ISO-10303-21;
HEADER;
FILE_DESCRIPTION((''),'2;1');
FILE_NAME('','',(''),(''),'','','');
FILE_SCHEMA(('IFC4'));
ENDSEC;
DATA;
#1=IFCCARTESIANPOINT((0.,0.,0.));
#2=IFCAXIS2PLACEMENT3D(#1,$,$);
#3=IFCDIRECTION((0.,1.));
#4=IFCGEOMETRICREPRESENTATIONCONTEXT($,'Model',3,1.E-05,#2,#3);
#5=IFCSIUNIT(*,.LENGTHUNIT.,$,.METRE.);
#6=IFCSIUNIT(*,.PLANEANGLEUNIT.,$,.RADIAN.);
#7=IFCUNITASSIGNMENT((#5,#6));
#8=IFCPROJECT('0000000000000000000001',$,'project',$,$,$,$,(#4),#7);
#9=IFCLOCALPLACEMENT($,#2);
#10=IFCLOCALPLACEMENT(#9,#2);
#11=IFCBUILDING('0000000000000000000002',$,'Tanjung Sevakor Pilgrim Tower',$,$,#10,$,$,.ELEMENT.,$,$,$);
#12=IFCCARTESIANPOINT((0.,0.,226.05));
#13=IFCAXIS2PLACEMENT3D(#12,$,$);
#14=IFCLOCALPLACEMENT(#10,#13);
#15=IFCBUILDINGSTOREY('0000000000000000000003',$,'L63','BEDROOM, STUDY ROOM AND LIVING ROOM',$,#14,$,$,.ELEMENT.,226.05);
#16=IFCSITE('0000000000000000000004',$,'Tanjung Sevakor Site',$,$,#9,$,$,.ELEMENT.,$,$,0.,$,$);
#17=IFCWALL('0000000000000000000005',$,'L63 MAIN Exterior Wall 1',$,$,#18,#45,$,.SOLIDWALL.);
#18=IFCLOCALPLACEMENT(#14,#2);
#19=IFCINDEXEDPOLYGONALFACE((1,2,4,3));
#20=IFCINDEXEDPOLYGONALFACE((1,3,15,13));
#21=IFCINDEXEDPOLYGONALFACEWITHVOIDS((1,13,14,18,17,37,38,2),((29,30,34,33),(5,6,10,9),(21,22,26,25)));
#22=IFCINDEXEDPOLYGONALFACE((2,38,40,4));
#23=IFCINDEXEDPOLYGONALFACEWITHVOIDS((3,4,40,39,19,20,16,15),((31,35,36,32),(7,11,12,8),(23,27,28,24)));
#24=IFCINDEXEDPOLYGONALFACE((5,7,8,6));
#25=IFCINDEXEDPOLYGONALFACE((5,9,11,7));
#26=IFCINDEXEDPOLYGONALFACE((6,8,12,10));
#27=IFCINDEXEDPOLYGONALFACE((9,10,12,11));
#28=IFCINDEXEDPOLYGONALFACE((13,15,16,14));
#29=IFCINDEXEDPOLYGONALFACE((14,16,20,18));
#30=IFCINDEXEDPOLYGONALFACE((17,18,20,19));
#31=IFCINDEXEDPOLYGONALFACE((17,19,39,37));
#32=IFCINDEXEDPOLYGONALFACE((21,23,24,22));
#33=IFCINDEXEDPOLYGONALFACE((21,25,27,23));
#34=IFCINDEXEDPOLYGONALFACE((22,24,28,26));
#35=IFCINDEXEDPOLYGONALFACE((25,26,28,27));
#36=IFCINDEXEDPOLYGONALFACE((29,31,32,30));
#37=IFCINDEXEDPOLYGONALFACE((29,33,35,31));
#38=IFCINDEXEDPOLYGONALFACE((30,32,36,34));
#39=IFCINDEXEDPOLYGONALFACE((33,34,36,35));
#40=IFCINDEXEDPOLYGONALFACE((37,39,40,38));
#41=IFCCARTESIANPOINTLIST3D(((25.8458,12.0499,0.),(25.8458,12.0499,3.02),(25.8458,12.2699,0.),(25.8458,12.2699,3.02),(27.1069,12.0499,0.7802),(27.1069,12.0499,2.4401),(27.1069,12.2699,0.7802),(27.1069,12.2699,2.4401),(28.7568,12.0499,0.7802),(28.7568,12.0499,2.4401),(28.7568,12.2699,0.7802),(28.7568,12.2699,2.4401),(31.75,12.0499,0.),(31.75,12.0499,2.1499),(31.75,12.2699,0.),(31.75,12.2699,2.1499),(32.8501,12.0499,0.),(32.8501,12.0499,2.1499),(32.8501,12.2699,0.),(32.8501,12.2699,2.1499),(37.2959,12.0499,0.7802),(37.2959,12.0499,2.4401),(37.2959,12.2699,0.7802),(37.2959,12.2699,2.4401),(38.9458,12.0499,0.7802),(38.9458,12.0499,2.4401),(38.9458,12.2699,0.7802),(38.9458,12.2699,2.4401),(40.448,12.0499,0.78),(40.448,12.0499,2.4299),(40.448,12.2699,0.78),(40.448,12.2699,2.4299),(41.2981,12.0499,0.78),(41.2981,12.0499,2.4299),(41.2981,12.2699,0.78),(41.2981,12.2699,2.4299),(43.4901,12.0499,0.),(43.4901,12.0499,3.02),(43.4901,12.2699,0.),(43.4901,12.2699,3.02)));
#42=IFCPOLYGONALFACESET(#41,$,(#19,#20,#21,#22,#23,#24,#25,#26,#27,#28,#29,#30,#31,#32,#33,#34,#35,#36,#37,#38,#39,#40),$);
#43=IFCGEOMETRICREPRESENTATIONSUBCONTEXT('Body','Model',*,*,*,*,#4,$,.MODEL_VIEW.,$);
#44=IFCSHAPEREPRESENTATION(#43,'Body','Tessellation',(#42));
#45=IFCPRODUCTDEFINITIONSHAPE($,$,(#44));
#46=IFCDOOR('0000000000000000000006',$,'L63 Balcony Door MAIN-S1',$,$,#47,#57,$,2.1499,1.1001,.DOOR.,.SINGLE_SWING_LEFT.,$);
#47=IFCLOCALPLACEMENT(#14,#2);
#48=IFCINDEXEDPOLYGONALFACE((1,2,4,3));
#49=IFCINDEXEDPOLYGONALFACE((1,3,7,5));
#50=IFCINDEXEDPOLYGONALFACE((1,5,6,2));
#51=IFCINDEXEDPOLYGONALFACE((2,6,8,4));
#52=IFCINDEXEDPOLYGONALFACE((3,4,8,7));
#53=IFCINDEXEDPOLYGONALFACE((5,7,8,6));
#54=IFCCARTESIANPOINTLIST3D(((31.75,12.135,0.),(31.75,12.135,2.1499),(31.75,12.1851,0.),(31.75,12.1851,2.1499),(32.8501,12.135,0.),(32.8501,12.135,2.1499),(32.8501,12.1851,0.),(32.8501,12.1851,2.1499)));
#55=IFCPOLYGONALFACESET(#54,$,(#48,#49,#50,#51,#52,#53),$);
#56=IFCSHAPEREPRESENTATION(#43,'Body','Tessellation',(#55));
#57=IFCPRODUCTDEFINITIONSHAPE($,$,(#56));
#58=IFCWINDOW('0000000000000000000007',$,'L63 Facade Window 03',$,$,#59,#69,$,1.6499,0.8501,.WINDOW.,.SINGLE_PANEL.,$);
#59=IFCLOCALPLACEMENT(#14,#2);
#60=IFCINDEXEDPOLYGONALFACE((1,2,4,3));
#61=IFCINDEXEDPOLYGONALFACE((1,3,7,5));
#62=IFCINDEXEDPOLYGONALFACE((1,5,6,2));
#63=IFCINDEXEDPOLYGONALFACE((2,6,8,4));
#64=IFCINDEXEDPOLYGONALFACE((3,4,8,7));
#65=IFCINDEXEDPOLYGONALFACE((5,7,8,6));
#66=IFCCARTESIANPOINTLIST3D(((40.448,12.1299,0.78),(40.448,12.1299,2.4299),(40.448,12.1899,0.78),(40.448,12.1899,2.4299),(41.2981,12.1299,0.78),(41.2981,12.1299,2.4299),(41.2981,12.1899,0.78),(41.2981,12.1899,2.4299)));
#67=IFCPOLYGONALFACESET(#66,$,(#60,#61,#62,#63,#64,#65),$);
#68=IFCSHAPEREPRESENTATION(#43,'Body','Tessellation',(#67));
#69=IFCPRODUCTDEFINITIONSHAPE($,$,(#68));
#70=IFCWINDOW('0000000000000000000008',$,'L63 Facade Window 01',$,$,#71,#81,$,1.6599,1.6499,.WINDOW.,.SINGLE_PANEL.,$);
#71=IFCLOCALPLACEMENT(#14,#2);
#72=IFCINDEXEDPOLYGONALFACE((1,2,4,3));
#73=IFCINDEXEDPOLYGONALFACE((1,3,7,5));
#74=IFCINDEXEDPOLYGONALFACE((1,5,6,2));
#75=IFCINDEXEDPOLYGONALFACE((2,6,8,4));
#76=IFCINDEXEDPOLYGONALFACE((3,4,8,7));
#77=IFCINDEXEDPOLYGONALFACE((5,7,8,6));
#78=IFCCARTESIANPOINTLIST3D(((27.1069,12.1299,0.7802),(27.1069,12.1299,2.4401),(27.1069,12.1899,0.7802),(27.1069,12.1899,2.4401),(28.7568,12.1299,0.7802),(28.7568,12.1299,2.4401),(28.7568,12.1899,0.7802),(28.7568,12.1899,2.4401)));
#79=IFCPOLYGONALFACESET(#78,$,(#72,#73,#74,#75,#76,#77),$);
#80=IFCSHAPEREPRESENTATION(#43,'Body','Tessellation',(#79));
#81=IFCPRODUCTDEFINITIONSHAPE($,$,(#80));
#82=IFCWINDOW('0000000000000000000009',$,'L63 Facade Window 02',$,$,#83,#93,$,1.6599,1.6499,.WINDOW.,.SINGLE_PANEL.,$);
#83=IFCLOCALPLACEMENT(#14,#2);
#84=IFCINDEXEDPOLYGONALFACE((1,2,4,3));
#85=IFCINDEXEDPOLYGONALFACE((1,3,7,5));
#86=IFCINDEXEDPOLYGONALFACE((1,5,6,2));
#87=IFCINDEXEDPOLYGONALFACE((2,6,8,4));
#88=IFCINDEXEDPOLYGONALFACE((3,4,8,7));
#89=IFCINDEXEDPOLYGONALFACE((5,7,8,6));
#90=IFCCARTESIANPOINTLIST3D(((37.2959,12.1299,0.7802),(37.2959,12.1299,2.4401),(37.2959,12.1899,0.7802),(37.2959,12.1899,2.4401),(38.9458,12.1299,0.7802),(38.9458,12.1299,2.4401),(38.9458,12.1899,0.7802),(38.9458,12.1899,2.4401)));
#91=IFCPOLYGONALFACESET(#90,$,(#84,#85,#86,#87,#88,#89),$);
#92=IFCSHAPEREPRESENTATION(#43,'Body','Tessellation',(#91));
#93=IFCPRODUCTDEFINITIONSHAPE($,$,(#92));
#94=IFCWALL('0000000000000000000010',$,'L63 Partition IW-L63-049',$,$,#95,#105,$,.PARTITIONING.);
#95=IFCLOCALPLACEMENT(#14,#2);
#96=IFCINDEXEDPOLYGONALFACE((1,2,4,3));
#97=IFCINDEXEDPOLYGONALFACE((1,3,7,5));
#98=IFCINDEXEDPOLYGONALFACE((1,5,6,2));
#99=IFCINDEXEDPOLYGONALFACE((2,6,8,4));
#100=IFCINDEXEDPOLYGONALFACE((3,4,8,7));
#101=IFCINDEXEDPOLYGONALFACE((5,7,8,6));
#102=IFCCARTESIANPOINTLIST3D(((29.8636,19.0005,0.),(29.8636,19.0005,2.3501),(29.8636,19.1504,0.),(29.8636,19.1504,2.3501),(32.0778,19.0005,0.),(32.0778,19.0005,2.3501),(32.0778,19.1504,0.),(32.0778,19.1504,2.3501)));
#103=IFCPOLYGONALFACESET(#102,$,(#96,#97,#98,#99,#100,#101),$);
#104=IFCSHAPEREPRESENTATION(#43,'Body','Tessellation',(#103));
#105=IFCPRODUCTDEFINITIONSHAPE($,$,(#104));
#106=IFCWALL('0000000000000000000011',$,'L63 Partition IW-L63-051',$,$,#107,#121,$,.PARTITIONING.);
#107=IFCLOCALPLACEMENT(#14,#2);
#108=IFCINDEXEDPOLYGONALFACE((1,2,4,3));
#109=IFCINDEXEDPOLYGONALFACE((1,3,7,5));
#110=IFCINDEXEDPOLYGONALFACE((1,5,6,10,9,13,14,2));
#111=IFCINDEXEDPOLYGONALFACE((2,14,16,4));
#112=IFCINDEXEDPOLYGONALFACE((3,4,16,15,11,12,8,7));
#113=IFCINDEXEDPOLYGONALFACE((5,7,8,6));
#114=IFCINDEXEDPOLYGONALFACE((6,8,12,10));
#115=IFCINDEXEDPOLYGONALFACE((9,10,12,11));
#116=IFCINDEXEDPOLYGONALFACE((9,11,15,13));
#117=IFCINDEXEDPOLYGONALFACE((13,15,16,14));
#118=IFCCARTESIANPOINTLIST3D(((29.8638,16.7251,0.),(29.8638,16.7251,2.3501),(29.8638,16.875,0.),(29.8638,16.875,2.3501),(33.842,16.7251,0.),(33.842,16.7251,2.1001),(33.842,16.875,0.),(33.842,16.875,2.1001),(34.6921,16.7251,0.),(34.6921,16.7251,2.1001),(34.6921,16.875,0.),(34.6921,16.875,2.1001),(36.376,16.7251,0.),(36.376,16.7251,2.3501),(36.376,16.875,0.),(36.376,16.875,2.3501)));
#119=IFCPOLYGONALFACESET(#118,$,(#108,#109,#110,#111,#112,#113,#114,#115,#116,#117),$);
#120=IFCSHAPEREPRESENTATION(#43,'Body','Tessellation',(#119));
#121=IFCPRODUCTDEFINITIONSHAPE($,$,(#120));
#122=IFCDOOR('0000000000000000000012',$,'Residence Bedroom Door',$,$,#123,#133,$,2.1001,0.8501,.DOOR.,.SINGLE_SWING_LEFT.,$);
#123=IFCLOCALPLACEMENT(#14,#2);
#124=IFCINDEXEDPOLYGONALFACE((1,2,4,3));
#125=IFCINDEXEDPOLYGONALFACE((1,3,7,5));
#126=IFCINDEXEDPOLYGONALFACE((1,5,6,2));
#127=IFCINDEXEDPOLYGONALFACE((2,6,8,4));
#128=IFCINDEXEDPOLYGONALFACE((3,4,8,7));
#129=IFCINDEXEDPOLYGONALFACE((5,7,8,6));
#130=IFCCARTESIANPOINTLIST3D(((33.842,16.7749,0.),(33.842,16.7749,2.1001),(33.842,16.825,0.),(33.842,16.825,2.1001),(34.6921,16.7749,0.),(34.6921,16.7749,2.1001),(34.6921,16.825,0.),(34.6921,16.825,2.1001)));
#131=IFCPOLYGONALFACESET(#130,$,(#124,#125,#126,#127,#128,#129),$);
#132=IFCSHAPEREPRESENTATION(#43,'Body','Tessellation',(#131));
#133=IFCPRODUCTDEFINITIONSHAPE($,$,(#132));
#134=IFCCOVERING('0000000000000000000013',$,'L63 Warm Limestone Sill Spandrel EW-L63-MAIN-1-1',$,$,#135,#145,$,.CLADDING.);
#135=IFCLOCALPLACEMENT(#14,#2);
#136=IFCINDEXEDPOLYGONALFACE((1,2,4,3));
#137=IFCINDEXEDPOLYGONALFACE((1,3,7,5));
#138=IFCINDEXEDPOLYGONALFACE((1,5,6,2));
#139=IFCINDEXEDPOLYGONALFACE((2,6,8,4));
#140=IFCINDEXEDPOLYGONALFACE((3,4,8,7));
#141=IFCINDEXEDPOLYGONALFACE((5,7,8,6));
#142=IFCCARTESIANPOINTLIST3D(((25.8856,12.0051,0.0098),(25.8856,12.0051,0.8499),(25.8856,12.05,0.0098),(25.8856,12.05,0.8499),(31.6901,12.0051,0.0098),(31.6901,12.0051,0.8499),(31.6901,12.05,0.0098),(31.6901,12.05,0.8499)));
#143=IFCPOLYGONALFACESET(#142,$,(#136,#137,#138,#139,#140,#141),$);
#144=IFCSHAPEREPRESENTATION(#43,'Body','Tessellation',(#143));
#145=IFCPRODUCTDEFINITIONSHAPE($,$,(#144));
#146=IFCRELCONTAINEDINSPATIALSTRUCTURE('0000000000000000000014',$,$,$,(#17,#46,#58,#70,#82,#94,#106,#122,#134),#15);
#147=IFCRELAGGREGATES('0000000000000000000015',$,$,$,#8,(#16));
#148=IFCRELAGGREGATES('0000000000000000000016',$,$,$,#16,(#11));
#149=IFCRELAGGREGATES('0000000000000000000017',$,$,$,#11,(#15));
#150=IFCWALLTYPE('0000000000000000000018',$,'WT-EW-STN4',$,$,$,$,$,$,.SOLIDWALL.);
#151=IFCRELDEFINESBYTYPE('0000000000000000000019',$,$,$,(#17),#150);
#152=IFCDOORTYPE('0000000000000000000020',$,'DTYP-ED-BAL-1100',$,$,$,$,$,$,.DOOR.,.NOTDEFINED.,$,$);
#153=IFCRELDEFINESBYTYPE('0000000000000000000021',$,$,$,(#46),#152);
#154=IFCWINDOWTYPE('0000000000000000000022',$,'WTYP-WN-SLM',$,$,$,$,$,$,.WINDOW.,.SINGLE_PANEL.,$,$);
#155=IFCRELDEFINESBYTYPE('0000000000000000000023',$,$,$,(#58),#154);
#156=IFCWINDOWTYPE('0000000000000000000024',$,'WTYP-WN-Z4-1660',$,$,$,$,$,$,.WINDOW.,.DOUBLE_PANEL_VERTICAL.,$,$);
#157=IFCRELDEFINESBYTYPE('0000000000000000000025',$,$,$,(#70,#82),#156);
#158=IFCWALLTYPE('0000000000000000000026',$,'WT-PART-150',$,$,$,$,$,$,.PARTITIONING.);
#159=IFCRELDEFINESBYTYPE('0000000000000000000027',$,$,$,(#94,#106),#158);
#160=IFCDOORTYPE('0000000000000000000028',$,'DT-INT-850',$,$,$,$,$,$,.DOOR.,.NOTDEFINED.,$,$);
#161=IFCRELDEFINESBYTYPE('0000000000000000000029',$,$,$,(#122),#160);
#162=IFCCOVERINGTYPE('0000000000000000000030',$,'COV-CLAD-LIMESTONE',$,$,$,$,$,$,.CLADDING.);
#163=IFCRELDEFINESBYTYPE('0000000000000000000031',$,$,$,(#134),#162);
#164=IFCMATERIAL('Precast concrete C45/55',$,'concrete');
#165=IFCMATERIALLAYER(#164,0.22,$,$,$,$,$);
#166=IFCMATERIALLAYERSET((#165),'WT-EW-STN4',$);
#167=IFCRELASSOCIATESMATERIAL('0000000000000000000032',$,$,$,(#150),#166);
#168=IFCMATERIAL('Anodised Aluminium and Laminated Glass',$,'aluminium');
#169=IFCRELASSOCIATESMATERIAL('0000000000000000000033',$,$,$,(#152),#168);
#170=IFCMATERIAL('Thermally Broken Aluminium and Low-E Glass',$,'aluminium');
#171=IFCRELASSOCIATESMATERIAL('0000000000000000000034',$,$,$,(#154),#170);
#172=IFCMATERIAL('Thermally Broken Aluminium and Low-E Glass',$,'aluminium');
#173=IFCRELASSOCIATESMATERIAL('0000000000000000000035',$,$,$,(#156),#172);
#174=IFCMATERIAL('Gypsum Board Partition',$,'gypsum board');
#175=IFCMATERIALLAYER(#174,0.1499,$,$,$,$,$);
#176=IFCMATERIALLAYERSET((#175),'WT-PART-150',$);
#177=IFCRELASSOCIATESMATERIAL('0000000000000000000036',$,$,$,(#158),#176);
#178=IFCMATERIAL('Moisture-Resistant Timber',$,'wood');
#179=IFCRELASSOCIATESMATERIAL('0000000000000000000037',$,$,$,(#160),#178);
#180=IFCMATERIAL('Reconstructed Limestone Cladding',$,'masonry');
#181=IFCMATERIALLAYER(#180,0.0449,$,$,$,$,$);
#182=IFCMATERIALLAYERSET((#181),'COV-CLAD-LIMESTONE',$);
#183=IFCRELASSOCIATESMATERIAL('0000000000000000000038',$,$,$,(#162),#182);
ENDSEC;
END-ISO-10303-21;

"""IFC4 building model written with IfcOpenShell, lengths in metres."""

from ifc_helpers import new_model, si_unit, direction, frame, frame_2d, origin, origin_2d, place, context, subcontext, project, spatial, rectangle, extrude, material, layer, layer_set, type_object, element, fill, save


model = new_model("IFC4")

# Units and contexts
model_context = context("Model", 3, precision=1e-05, world=origin(), true_north=direction((0.0, 1.0)))
body_context = subcontext(model_context, "Body", "Model", "MODEL_VIEW")
ifc_project = project(units=[si_unit("LENGTHUNIT", "METRE"), si_unit("PLANEANGLEUNIT", "RADIAN")], contexts=[model_context])

# Site, building, storey
site_placement = place(None, origin())
site = spatial("IfcSite", under=ifc_project, at=site_placement, Name="Tanjung Sevakor Site", CompositionType="ELEMENT", RefElevation=0.0)
building_placement = place(site_placement, origin())
building = spatial("IfcBuilding", under=site, at=building_placement, Name="Tanjung Sevakor Pilgrim Tower", CompositionType="ELEMENT")
storey_placement = place(building_placement, frame((0.0, 0.0, 226.05)))
storey = spatial("IfcBuildingStorey", under=building, at=storey_placement, Name="L63", Description="BEDROOM, STUDY ROOM AND LIVING ROOM", CompositionType="ELEMENT", Elevation=226.05)

# Wall, openings, door, windows
ifc_material_1 = material(Name="Precast concrete C45/55", Category="concrete")
ifc_layer_1 = layer(ifc_material_1, 0.22)
ifc_layer_set_1 = layer_set([ifc_layer_1], Name="WT-EW-STN4")
wall_type_1 = type_object("IfcWallType", Name="WT-EW-STN4", PredefinedType="SOLIDWALL", material=ifc_layer_set_1)
wall_1_placement = place(storey_placement, frame((25.8457, 12.1599, 0.0), z_axis=(0.0, 0.0, 1.0), x_axis=(1.0, 0.0, 0.0)))
wall_1 = element("IfcWall", 1, at=wall_1_placement, inside=storey, type_object=wall_type_1, Name="L63 MAIN Exterior Wall 1", PredefinedType="SOLIDWALL", context=body_context, shape_type="SweptSolid", body=[
    extrude(rectangle(XDim=17.6443, YDim=0.22, at=frame_2d((8.8223, 0.0))), origin(), (0.0, 0.0, 1.0), 3.02),
])
opening_1_placement = place(wall_1_placement, frame((5.9043, 0.0, 0.0)))
opening_1 = element("IfcOpeningElement", 2, at=opening_1_placement, cuts=wall_1, PredefinedType="OPENING", context=body_context, shape_type="SweptSolid", body=[
    extrude(rectangle(XDim=1.1001, YDim=2.1499, at=frame_2d((0.55, 1.075))), frame((0.0, 0.1199, 0.0), z_axis=(0.0, -1.0, 0.0), x_axis=(1.0, 0.0, 0.0)), (0.0, 0.0, 1.0), 0.24),
])
opening_2_placement = place(wall_1_placement, frame((1.2612, 0.0, 0.78)))
opening_2 = element("IfcOpeningElement", 3, at=opening_2_placement, cuts=wall_1, PredefinedType="OPENING", context=body_context, shape_type="SweptSolid", body=[
    extrude(rectangle(XDim=1.6499, YDim=1.6599, at=frame_2d((0.825, 0.8301))), frame((0.0, 0.1199, 0.0), z_axis=(0.0, -1.0, 0.0), x_axis=(1.0, 0.0, 0.0)), (0.0, 0.0, 1.0), 0.24),
])
opening_3_placement = place(wall_1_placement, frame((11.4502, 0.0, 0.78)))
opening_3 = element("IfcOpeningElement", 4, at=opening_3_placement, cuts=wall_1, PredefinedType="OPENING", context=body_context, shape_type="SweptSolid", body=[
    extrude(rectangle(XDim=1.6499, YDim=1.6599, at=frame_2d((0.825, 0.8301))), frame((0.0, 0.1199, 0.0), z_axis=(0.0, -1.0, 0.0), x_axis=(1.0, 0.0, 0.0)), (0.0, 0.0, 1.0), 0.24),
])
opening_4_placement = place(wall_1_placement, frame((14.6023, 0.0, 0.78)))
opening_4 = element("IfcOpeningElement", 5, at=opening_4_placement, cuts=wall_1, PredefinedType="OPENING", context=body_context, shape_type="SweptSolid", body=[
    extrude(rectangle(XDim=0.8501, YDim=1.6499, at=frame_2d((0.425, 0.825))), frame((0.0, 0.1199, 0.0), z_axis=(0.0, -1.0, 0.0), x_axis=(1.0, 0.0, 0.0)), (0.0, 0.0, 1.0), 0.24),
])
ifc_material_2 = material(Name="Anodised Aluminium and Laminated Glass", Category="aluminium")
door_type_1 = type_object("IfcDoorType", Name="DTYP-ED-BAL-1100", OperationType="NOTDEFINED", PredefinedType="DOOR", material=ifc_material_2)
door_1_placement = place(opening_1_placement, frame((1.1001, 0.0, 0.0), z_axis=(0.0, 0.0, 1.0), x_axis=(-1.0, 0.0, 0.0)))
door_1 = element("IfcDoor", 6, at=door_1_placement, inside=storey, type_object=door_type_1, Name="L63 Balcony Door MAIN-S1", OperationType="SINGLE_SWING_LEFT", OverallHeight=2.1499, OverallWidth=1.1001, PredefinedType="DOOR", context=body_context, shape_type="SweptSolid", body=[
    extrude(rectangle(XDim=1.1001, YDim=2.1499, at=frame_2d((0.55, 1.075))), frame((0.0, 0.0249, 0.0), z_axis=(0.0, -1.0, 0.0), x_axis=(1.0, 0.0, 0.0)), (0.0, 0.0, 1.0), 0.05),
])
fill(opening_1, door_1)
ifc_material_3 = material(Name="Thermally Broken Aluminium and Low-E Glass", Category="aluminium")
window_type_1 = type_object("IfcWindowType", Name="WTYP-WN-SLM", PartitioningType="SINGLE_PANEL", PredefinedType="WINDOW", material=ifc_material_3)
window_1_placement = place(opening_4_placement, origin())
window_1 = element("IfcWindow", 7, at=window_1_placement, inside=storey, type_object=window_type_1, Name="L63 Facade Window 03", OverallHeight=1.6499, OverallWidth=0.8501, PartitioningType="SINGLE_PANEL", PredefinedType="WINDOW", context=body_context, shape_type="SweptSolid", body=[
    extrude(rectangle(XDim=0.8501, YDim=1.6499, at=frame_2d((0.425, 0.825))), frame((0.0, 0.03, 0.0), z_axis=(0.0, -1.0, 0.0), x_axis=(1.0, 0.0, 0.0)), (0.0, 0.0, 1.0), 0.0601),
])
fill(opening_4, window_1)
ifc_material_4 = material(Name="Thermally Broken Aluminium and Low-E Glass", Category="aluminium")
window_type_2 = type_object("IfcWindowType", Name="WTYP-WN-Z4-1660", PartitioningType="DOUBLE_PANEL_VERTICAL", PredefinedType="WINDOW", material=ifc_material_4)
window_2_placement = place(opening_2_placement, origin())
window_2 = element("IfcWindow", 8, at=window_2_placement, inside=storey, type_object=window_type_2, Name="L63 Facade Window 01", OverallHeight=1.6599, OverallWidth=1.6499, PartitioningType="SINGLE_PANEL", PredefinedType="WINDOW", context=body_context, shape_type="SweptSolid", body=[
    extrude(rectangle(XDim=1.6499, YDim=1.6599, at=frame_2d((0.825, 0.8301))), frame((0.0, 0.03, 0.0), z_axis=(0.0, -1.0, 0.0), x_axis=(1.0, 0.0, 0.0)), (0.0, 0.0, 1.0), 0.0601),
])
fill(opening_2, window_2)
window_3_placement = place(opening_3_placement, origin())
window_3 = element("IfcWindow", 9, at=window_3_placement, inside=storey, type_object=window_type_2, Name="L63 Facade Window 02", OverallHeight=1.6599, OverallWidth=1.6499, PartitioningType="SINGLE_PANEL", PredefinedType="WINDOW", context=body_context, shape_type="SweptSolid", body=[
    extrude(rectangle(XDim=1.6499, YDim=1.6599, at=frame_2d((0.825, 0.8301))), frame((0.0, 0.03, 0.0), z_axis=(0.0, -1.0, 0.0), x_axis=(1.0, 0.0, 0.0)), (0.0, 0.0, 1.0), 0.0601),
])
fill(opening_3, window_3)

# Wall
ifc_material_5 = material(Name="Gypsum Board Partition", Category="gypsum board")
ifc_layer_2 = layer(ifc_material_5, 0.1499)
ifc_layer_set_2 = layer_set([ifc_layer_2], Name="WT-PART-150")
wall_type_2 = type_object("IfcWallType", Name="WT-PART-150", PredefinedType="PARTITIONING", material=ifc_layer_set_2)
wall_2_placement = place(storey_placement, frame((29.8638, 19.0754, 0.0), z_axis=(0.0, 0.0, 1.0), x_axis=(1.0, 0.0, 0.0)))
element("IfcWall", 10, at=wall_2_placement, inside=storey, type_object=wall_type_2, Name="L63 Partition IW-L63-049", PredefinedType="PARTITIONING", context=body_context, shape_type="SweptSolid", body=[
    extrude(rectangle(XDim=2.2141, YDim=0.1499, at=frame_2d((1.1069, 0.0))), origin(), (0.0, 0.0, 1.0), 2.3501),
])

# Wall, opening, door
wall_3_placement = place(storey_placement, frame((29.8638, 16.8, 0.0), z_axis=(0.0, 0.0, 1.0), x_axis=(1.0, 0.0, 0.0)))
wall_3 = element("IfcWall", 11, at=wall_3_placement, inside=storey, type_object=wall_type_2, Name="L63 Partition IW-L63-051", PredefinedType="PARTITIONING", context=body_context, shape_type="SweptSolid", body=[
    extrude(rectangle(XDim=6.5122, YDim=0.1499, at=frame_2d((3.2561, 0.0))), origin(), (0.0, 0.0, 1.0), 2.3501),
])
opening_5_placement = place(wall_3_placement, frame((3.9783, 0.0, 0.0)))
opening_5 = element("IfcOpeningElement", 12, at=opening_5_placement, cuts=wall_3, PredefinedType="OPENING", context=body_context, shape_type="SweptSolid", body=[
    extrude(rectangle(XDim=0.8501, YDim=2.1001, at=frame_2d((0.425, 1.05))), frame((0.0, 0.085, 0.0), z_axis=(0.0, -1.0, 0.0), x_axis=(1.0, 0.0, 0.0)), (0.0, 0.0, 1.0), 0.1699),
])
ifc_material_6 = material(Name="Moisture-Resistant Timber", Category="wood")
door_type_2 = type_object("IfcDoorType", Name="DT-INT-850", OperationType="NOTDEFINED", PredefinedType="DOOR", material=ifc_material_6)
door_2_placement = place(opening_5_placement, origin())
door_2 = element("IfcDoor", 13, at=door_2_placement, inside=storey, type_object=door_type_2, Name="Residence Bedroom Door", OperationType="SINGLE_SWING_LEFT", OverallHeight=2.1001, OverallWidth=0.8501, PredefinedType="DOOR", context=body_context, shape_type="SweptSolid", body=[
    extrude(rectangle(XDim=0.8501, YDim=2.1001, at=frame_2d((0.425, 1.05))), frame((0.0, 0.0249, 0.0), z_axis=(0.0, -1.0, 0.0), x_axis=(1.0, 0.0, 0.0)), (0.0, 0.0, 1.0), 0.05),
])
fill(opening_5, door_2)

# Covering
ifc_material_7 = material(Name="Reconstructed Limestone Cladding", Category="masonry")
ifc_layer_3 = layer(ifc_material_7, 0.0449)
ifc_layer_set_3 = layer_set([ifc_layer_3], Name="COV-CLAD-LIMESTONE")
covering_type = type_object("IfcCoveringType", Name="COV-CLAD-LIMESTONE", PredefinedType="CLADDING", material=ifc_layer_set_3)
covering_placement = place(storey_placement, frame((28.7878, 12.0276, 0.0098), z_axis=(0.0, 0.0, 1.0), x_axis=(1.0, 0.0, 0.0)))
element("IfcCovering", 14, at=covering_placement, inside=storey, type_object=covering_type, Name="L63 Warm Limestone Sill Spandrel EW-L63-MAIN-1-1", PredefinedType="CLADDING", context=body_context, shape_type="SweptSolid", body=[
    extrude(rectangle(XDim=5.8044, YDim=0.0449, at=origin_2d()), origin(), (0.0, 0.0, 1.0), 0.8401),
])

save(model, "model.ifc")
